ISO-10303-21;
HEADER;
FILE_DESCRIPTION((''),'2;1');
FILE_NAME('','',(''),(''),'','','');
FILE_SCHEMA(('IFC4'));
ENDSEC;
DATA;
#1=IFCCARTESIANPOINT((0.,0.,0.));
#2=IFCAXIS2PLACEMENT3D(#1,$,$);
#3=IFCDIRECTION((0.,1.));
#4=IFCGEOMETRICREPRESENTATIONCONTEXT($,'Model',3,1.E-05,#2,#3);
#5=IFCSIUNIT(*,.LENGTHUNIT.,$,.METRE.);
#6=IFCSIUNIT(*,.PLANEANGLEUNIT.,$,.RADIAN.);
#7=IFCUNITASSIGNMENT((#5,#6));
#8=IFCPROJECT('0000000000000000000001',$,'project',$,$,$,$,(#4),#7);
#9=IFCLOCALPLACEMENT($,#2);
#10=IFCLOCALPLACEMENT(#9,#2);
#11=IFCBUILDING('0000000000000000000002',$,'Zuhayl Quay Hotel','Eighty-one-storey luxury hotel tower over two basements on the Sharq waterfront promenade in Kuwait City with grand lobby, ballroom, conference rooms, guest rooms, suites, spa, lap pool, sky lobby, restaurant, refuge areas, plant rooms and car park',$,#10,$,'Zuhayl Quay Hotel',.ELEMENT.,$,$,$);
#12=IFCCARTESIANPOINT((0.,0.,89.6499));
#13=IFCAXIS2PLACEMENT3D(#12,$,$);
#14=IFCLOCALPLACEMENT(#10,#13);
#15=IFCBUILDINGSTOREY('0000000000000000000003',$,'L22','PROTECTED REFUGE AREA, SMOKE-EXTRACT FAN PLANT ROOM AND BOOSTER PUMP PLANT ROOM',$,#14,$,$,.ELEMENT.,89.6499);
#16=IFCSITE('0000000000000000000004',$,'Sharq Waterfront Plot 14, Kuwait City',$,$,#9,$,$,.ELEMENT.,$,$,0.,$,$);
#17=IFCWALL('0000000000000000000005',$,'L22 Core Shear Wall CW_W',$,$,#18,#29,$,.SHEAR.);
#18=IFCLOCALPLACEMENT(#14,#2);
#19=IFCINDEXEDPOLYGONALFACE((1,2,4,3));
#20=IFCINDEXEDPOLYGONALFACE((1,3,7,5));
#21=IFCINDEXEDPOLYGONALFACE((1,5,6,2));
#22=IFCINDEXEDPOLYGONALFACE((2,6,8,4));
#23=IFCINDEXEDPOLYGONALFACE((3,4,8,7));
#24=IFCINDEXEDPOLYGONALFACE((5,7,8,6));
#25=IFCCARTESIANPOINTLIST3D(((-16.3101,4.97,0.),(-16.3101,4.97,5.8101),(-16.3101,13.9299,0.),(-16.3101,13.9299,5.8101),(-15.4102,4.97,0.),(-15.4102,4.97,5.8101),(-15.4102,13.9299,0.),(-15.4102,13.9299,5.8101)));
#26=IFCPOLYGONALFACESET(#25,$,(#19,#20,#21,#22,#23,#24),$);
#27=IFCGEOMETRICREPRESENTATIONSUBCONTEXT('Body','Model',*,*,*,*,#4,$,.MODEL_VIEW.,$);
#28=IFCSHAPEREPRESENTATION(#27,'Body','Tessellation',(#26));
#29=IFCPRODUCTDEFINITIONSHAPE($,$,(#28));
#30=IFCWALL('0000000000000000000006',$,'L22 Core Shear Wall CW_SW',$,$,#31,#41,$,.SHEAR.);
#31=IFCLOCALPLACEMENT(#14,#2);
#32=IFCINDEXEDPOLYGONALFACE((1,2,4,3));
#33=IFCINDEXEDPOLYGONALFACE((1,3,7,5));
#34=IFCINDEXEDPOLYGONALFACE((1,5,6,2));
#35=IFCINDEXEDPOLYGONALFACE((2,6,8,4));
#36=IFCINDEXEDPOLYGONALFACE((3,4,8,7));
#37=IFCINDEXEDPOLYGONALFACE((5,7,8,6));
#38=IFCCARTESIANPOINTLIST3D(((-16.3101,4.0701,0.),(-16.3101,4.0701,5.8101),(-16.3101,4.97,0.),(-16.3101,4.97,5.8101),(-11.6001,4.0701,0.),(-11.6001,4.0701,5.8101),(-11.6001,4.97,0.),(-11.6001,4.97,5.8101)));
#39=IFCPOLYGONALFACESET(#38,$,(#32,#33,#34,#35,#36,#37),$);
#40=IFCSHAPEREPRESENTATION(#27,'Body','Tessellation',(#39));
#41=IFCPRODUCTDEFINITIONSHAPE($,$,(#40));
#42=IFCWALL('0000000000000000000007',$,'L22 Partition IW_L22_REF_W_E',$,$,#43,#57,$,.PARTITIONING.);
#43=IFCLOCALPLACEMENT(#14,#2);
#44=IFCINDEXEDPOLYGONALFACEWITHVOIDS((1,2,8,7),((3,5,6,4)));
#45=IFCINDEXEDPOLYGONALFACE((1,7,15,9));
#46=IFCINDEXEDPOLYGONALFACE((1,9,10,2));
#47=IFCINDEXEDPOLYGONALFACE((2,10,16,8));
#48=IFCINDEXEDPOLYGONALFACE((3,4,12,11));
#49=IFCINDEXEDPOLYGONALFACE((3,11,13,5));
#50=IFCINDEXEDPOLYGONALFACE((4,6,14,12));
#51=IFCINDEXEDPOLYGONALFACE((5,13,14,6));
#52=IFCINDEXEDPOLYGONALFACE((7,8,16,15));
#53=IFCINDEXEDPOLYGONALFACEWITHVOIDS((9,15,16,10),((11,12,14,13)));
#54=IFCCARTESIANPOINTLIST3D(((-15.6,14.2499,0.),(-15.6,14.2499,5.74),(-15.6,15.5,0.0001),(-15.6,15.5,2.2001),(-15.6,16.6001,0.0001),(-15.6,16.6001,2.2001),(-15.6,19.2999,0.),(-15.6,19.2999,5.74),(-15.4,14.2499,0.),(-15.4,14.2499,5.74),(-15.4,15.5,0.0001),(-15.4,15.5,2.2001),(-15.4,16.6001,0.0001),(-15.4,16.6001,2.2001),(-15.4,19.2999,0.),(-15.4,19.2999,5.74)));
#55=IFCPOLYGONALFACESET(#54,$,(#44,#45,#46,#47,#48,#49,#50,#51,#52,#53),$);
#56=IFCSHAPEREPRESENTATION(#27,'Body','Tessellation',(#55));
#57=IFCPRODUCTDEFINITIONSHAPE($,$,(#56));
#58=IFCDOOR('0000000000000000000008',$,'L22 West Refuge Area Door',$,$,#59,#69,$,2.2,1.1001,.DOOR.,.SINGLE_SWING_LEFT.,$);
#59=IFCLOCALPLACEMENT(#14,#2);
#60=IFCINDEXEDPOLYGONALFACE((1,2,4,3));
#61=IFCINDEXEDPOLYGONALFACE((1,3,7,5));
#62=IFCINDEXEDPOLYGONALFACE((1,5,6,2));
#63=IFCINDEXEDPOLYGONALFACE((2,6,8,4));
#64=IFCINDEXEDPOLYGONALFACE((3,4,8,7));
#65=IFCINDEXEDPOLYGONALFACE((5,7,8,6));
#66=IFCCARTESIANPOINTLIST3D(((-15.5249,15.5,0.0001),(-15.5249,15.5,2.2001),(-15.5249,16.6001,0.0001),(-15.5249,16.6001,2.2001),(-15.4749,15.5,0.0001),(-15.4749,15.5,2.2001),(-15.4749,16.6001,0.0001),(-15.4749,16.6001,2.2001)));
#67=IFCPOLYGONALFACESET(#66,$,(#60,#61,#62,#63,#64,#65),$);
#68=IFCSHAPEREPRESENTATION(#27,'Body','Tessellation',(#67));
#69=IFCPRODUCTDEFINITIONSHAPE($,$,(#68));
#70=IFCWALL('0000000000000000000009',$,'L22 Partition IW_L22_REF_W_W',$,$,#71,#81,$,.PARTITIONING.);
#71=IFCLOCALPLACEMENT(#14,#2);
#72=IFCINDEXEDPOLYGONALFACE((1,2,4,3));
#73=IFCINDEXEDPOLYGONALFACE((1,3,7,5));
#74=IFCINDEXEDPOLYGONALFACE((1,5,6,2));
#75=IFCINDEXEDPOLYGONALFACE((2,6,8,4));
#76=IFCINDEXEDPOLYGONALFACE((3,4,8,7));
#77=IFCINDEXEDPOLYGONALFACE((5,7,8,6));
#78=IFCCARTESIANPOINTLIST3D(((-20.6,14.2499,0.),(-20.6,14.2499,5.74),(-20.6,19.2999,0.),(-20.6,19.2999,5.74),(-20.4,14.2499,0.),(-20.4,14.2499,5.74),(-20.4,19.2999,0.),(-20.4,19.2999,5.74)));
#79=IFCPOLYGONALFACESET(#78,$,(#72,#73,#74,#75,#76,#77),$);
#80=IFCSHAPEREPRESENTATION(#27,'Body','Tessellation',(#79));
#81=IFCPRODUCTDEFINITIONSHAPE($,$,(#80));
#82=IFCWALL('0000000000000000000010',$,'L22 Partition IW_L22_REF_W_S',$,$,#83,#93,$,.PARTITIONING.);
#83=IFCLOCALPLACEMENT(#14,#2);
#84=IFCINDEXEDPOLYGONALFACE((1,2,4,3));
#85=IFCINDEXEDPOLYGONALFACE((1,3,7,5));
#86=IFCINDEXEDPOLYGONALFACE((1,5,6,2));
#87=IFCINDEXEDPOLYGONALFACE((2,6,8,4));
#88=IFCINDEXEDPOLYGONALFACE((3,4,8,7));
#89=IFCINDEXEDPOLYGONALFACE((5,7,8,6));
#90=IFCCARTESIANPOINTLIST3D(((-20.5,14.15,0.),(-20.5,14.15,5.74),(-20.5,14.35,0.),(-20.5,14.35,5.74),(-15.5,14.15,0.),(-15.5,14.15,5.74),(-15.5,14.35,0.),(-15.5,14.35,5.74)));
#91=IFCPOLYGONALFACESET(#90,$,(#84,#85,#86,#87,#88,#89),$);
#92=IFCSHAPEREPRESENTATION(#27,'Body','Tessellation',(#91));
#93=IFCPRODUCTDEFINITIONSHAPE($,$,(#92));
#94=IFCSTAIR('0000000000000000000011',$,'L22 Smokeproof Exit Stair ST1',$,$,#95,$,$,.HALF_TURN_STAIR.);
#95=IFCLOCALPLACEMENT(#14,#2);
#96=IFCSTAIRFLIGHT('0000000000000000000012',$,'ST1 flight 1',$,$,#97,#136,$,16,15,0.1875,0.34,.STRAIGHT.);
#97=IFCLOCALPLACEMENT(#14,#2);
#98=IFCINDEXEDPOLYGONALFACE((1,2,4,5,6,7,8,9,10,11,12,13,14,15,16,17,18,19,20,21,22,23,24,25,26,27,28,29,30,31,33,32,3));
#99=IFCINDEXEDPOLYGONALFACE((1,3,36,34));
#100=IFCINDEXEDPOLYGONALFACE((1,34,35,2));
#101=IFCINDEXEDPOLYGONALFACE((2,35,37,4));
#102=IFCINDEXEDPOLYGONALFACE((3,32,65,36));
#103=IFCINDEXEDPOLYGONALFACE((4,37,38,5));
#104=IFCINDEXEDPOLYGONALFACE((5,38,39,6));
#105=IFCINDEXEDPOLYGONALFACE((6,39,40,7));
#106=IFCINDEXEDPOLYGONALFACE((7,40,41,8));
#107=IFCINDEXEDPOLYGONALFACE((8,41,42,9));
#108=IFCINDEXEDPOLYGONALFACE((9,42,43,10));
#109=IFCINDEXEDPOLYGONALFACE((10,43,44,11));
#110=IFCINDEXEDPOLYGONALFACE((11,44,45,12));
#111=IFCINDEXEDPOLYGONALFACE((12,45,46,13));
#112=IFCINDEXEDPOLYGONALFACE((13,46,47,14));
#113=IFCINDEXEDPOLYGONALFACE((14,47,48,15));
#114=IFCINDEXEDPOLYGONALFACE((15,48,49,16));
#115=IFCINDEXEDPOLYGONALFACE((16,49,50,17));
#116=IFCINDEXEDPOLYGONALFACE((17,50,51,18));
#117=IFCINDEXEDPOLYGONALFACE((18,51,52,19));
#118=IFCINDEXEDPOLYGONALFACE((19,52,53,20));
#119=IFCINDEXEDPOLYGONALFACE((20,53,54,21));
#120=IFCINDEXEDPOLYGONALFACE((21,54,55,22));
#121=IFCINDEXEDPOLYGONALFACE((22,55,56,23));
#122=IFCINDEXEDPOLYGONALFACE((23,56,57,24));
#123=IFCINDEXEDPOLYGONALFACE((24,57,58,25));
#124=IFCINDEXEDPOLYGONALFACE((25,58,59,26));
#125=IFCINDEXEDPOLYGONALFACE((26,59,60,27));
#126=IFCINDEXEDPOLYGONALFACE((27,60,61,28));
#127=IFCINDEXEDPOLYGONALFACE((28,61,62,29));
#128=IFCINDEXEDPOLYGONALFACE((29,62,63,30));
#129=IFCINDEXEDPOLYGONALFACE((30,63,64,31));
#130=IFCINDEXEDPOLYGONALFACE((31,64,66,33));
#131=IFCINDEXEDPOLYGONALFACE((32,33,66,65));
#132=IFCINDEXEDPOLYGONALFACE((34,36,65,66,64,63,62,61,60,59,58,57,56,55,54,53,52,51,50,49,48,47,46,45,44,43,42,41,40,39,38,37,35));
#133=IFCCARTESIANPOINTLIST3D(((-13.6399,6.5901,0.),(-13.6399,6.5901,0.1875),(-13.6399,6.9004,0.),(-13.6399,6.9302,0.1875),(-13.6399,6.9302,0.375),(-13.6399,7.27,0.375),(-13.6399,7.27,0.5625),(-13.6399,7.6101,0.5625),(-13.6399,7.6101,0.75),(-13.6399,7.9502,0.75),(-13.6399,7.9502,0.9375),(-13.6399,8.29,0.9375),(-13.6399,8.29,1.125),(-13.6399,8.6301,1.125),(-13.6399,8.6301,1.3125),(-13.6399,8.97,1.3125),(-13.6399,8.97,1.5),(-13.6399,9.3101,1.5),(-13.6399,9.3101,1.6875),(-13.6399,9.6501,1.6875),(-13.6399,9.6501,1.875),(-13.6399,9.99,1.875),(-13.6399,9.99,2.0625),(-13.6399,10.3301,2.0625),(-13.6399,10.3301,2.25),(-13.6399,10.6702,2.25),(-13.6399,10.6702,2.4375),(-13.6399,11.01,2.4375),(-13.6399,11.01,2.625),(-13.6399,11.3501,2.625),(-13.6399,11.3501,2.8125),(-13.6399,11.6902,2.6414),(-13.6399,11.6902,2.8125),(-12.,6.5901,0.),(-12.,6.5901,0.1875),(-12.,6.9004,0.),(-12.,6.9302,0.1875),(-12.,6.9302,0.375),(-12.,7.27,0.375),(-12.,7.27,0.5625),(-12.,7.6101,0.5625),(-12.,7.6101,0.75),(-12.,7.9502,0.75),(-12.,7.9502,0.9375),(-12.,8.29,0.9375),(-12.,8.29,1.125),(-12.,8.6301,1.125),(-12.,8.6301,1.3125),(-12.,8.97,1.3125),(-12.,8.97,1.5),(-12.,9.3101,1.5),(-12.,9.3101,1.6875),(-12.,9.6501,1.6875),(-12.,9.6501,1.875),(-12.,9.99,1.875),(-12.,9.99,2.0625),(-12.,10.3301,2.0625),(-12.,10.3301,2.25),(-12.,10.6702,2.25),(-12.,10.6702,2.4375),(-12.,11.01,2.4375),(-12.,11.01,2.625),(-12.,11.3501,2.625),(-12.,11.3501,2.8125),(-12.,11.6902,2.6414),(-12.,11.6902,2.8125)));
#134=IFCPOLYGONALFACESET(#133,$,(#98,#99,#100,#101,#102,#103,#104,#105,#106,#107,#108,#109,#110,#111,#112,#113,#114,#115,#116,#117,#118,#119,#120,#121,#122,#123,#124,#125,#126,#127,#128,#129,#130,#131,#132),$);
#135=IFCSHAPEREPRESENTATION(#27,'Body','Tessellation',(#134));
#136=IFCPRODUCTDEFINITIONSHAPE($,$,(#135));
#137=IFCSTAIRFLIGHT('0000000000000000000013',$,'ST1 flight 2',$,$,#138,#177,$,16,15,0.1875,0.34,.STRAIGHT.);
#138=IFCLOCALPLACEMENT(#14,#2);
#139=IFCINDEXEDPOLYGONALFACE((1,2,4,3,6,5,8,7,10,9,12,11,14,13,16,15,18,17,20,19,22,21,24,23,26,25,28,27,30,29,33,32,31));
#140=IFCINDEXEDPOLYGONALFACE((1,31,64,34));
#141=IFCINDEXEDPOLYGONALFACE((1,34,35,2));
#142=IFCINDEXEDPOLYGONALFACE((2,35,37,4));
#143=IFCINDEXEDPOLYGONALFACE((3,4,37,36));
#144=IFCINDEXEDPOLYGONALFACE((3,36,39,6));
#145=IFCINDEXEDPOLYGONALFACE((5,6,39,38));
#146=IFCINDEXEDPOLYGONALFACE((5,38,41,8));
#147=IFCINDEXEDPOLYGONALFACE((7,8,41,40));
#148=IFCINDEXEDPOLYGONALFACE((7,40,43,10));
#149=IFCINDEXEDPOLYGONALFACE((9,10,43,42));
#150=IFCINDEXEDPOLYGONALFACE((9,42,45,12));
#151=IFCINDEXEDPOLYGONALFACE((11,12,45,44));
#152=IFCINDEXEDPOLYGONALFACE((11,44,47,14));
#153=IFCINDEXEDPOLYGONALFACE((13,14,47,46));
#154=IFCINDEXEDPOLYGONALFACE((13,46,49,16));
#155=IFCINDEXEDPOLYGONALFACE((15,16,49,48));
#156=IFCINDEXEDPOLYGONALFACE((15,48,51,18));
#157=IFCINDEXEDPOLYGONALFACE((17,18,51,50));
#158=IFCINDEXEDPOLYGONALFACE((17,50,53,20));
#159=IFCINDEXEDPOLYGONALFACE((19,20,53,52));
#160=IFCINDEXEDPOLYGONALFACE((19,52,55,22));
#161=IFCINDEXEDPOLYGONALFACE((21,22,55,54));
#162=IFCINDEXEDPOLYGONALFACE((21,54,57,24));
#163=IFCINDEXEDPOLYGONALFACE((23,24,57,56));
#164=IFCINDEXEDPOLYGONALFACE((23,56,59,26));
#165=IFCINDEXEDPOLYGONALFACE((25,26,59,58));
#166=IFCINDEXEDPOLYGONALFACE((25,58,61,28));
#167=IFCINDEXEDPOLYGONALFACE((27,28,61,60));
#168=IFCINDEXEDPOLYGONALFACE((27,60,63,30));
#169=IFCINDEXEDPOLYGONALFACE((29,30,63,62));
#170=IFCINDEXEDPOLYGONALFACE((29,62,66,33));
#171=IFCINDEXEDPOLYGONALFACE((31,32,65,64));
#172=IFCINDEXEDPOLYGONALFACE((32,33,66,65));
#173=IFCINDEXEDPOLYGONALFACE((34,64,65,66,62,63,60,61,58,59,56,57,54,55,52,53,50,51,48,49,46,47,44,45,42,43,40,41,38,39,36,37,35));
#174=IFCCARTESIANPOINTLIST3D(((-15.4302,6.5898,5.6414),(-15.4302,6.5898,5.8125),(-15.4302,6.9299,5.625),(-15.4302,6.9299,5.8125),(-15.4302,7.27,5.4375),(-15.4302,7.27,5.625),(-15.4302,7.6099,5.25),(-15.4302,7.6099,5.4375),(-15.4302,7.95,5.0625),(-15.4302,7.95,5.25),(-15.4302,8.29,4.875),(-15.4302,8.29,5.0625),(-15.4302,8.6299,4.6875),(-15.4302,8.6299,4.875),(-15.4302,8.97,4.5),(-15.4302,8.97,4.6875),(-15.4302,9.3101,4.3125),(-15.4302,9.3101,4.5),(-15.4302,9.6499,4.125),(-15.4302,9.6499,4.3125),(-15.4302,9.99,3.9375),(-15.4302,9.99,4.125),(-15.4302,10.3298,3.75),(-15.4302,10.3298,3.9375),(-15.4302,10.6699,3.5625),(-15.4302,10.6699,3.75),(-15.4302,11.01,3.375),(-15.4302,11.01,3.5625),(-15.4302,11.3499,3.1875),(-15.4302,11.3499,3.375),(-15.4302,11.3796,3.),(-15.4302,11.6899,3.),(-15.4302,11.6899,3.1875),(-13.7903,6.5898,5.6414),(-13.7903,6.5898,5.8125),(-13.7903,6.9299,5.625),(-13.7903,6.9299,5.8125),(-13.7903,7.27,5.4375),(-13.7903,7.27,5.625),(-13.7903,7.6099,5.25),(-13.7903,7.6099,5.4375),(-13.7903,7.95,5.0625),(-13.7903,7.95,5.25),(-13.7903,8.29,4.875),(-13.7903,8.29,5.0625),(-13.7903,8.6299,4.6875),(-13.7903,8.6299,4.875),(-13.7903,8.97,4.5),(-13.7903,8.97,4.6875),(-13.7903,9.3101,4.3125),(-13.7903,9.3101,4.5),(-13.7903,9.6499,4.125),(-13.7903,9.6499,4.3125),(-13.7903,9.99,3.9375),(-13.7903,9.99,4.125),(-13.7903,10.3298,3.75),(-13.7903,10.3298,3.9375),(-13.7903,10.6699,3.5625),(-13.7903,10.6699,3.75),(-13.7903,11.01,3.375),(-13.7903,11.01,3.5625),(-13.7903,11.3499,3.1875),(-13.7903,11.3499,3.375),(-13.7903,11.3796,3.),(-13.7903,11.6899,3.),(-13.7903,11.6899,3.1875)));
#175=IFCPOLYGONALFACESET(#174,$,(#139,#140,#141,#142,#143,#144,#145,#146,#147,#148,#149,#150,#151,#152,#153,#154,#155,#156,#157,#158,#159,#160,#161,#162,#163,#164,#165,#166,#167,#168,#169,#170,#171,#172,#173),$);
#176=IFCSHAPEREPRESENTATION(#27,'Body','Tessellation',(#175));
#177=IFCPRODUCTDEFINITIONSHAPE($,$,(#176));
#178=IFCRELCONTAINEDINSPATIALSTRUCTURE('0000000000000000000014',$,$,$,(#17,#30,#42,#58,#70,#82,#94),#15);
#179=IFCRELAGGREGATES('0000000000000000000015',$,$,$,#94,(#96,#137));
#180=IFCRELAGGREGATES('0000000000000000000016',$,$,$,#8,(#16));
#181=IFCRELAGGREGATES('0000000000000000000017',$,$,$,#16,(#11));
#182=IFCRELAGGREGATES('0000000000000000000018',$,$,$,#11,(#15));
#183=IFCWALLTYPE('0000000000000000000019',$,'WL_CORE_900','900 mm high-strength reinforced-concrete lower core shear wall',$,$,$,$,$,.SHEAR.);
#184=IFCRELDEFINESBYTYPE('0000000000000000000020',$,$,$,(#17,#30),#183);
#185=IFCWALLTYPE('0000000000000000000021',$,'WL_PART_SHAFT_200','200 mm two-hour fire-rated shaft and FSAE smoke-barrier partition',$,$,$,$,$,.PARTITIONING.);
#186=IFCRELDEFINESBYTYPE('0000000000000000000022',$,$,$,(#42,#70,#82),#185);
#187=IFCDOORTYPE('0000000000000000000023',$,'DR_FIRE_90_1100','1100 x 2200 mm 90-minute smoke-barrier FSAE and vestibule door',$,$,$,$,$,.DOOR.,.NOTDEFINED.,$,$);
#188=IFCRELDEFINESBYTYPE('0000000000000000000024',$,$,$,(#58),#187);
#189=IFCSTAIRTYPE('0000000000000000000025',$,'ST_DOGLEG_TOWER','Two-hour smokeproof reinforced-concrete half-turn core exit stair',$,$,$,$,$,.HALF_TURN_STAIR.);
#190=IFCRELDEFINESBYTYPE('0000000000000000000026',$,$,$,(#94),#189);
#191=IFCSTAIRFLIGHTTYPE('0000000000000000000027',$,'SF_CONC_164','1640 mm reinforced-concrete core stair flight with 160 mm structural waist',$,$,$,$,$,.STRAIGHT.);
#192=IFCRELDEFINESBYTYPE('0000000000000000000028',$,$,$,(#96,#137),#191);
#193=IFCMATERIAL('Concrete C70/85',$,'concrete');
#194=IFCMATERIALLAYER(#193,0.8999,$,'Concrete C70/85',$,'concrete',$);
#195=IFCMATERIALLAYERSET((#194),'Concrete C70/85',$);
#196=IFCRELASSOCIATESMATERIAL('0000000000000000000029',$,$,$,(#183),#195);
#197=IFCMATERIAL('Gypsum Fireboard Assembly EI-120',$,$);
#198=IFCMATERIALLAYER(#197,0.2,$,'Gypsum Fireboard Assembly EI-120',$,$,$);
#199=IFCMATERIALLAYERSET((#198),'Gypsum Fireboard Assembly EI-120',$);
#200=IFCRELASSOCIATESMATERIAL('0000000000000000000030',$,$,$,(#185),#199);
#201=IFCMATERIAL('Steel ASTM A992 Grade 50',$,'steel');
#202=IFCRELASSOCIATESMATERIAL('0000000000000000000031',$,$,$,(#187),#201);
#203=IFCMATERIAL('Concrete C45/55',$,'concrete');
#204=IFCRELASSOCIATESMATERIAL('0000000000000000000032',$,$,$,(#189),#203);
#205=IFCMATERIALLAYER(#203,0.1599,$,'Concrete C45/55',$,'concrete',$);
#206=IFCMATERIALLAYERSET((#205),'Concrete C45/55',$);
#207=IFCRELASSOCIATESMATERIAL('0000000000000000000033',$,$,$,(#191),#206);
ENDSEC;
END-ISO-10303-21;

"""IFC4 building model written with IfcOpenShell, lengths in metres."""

from ifc_helpers import new_model, si_unit, direction, frame, frame_2d, origin, place, context, subcontext, project, spatial, polyline, rectangle, outline, extrude, material, layer, layer_set, type_object, element, fill, aggregate, save


model = new_model("IFC4")

# Units and contexts
model_context = context("Model", 3, precision=1e-05, world=origin(), true_north=direction((0.0, 1.0)))
body_context = subcontext(model_context, "Body", "Model", "MODEL_VIEW")
ifc_project = project(units=[si_unit("LENGTHUNIT", "METRE"), si_unit("PLANEANGLEUNIT", "RADIAN")], contexts=[model_context])

# Site, building, storey
site_placement = place(None, origin())
site = spatial("IfcSite", under=ifc_project, at=site_placement, Name="Sharq Waterfront Plot 14, Kuwait City", CompositionType="ELEMENT", RefElevation=0.0)
building_placement = place(site_placement, origin())
building = spatial("IfcBuilding", under=site, at=building_placement, Name="Zuhayl Quay Hotel", Description="Eighty-one-storey luxury hotel tower over two basements on the Sharq waterfront promenade in Kuwait City with grand lobby, ballroom, conference rooms, guest rooms, suites, spa, lap pool, sky lobby, restaurant, refuge areas, plant rooms and car park", LongName="Zuhayl Quay Hotel", CompositionType="ELEMENT")
storey_placement = place(building_placement, frame((0.0, 0.0, 89.6499)))
storey = spatial("IfcBuildingStorey", under=building, at=storey_placement, Name="L22", Description="PROTECTED REFUGE AREA, SMOKE-EXTRACT FAN PLANT ROOM AND BOOSTER PUMP PLANT ROOM", CompositionType="ELEMENT", Elevation=89.6499)

# Shared definitions
ifc_material_1 = material(Name="Concrete C70/85", Category="concrete")

# Walls
ifc_layer_1 = layer(ifc_material_1, 0.8999, Name="Concrete C70/85", Category="concrete")
ifc_layer_set_1 = layer_set([ifc_layer_1], Name="Concrete C70/85")
wall_type_1 = type_object("IfcWallType", Name="WL_CORE_900", Description="900 mm high-strength reinforced-concrete lower core shear wall", PredefinedType="SHEAR", material=ifc_layer_set_1)
wall_1_placement = place(storey_placement, frame((-15.8601, 4.97, 0.0), z_axis=(0.0, 0.0, 1.0), x_axis=(0.0, 1.0, 0.0)))
element("IfcWall", 1, at=wall_1_placement, inside=storey, type_object=wall_type_1, Name="L22 Core Shear Wall CW_W", PredefinedType="SHEAR", context=body_context, shape_type="SweptSolid", body=[
    extrude(rectangle(XDim=8.96, YDim=0.8999, at=frame_2d((4.48, 0.0))), origin(), (0.0, 0.0, 1.0), 5.8101),
])
wall_2_placement = place(storey_placement, frame((-16.3101, 4.52, 0.0), z_axis=(0.0, 0.0, 1.0), x_axis=(1.0, 0.0, 0.0)))
element("IfcWall", 2, at=wall_2_placement, inside=storey, type_object=wall_type_1, Name="L22 Core Shear Wall CW_SW", PredefinedType="SHEAR", context=body_context, shape_type="SweptSolid", body=[
    extrude(rectangle(XDim=4.71, YDim=0.8999, at=frame_2d((2.355, 0.0))), origin(), (0.0, 0.0, 1.0), 5.8101),
])

# Wall, opening, door
ifc_material_2 = material(Name="Gypsum Fireboard Assembly EI-120")
ifc_layer_2 = layer(ifc_material_2, 0.2, Name="Gypsum Fireboard Assembly EI-120")
ifc_layer_set_2 = layer_set([ifc_layer_2], Name="Gypsum Fireboard Assembly EI-120")
wall_type_2 = type_object("IfcWallType", Name="WL_PART_SHAFT_200", Description="200 mm two-hour fire-rated shaft and FSAE smoke-barrier partition", PredefinedType="PARTITIONING", material=ifc_layer_set_2)
wall_3_placement = place(storey_placement, frame((-15.5, 14.25, 0.0), z_axis=(0.0, 0.0, 1.0), x_axis=(0.0, 1.0, 0.0)))
wall_3 = element("IfcWall", 3, at=wall_3_placement, inside=storey, type_object=wall_type_2, Name="L22 Partition IW_L22_REF_W_E", PredefinedType="PARTITIONING", context=body_context, shape_type="SweptSolid", body=[
    extrude(rectangle(XDim=5.05, YDim=0.2, at=frame_2d((2.5249, 0.0))), origin(), (0.0, 0.0, 1.0), 5.74),
])
opening_placement = place(wall_3_placement, frame((1.25, 0.0, 0.0)))
opening = element("IfcOpeningElement", 4, at=opening_placement, cuts=wall_3, PredefinedType="OPENING", context=body_context, shape_type="SweptSolid", body=[
    extrude(rectangle(XDim=1.1001, YDim=2.2, at=frame_2d((0.55, 1.1001))), frame((0.0, 0.1099, 0.0), z_axis=(0.0, -1.0, 0.0), x_axis=(1.0, 0.0, 0.0)), (0.0, 0.0, 1.0), 0.22),
])
ifc_material_3 = material(Name="Steel ASTM A992 Grade 50", Category="steel")
door_type = type_object("IfcDoorType", Name="DR_FIRE_90_1100", Description="1100 x 2200 mm 90-minute smoke-barrier FSAE and vestibule door", OperationType="NOTDEFINED", PredefinedType="DOOR", material=ifc_material_3)
door_placement = place(opening_placement, origin())
door = element("IfcDoor", 5, at=door_placement, inside=storey, type_object=door_type, Name="L22 West Refuge Area Door", OperationType="SINGLE_SWING_LEFT", OverallHeight=2.2, OverallWidth=1.1001, PredefinedType="DOOR", context=body_context, shape_type="SweptSolid", body=[
    extrude(rectangle(XDim=1.1001, YDim=2.2, at=frame_2d((0.55, 1.1001))), frame((0.0, 0.0249, 0.0), z_axis=(0.0, -1.0, 0.0), x_axis=(1.0, 0.0, 0.0)), (0.0, 0.0, 1.0), 0.05),
])
fill(opening, door)

# Walls
wall_4_placement = place(storey_placement, frame((-20.5, 14.25, 0.0), z_axis=(0.0, 0.0, 1.0), x_axis=(0.0, 1.0, 0.0)))
element("IfcWall", 6, at=wall_4_placement, inside=storey, type_object=wall_type_2, Name="L22 Partition IW_L22_REF_W_W", PredefinedType="PARTITIONING", context=body_context, shape_type="SweptSolid", body=[
    extrude(rectangle(XDim=5.05, YDim=0.2, at=frame_2d((2.5249, 0.0))), origin(), (0.0, 0.0, 1.0), 5.74),
])
wall_5_placement = place(storey_placement, frame((-20.5, 14.25, 0.0), z_axis=(0.0, 0.0, 1.0), x_axis=(1.0, 0.0, 0.0)))
element("IfcWall", 7, at=wall_5_placement, inside=storey, type_object=wall_type_2, Name="L22 Partition IW_L22_REF_W_S", PredefinedType="PARTITIONING", context=body_context, shape_type="SweptSolid", body=[
    extrude(rectangle(XDim=5.0, YDim=0.2, at=frame_2d((2.5, 0.0))), origin(), (0.0, 0.0, 1.0), 5.74),
])

# Stair, stair flights
ifc_material_4 = material(Name="Concrete C45/55", Category="concrete")
stair_type = type_object("IfcStairType", Name="ST_DOGLEG_TOWER", Description="Two-hour smokeproof reinforced-concrete half-turn core exit stair", PredefinedType="HALF_TURN_STAIR", material=ifc_material_4)
stair_placement = place(storey_placement, origin())
stair = element("IfcStair", 8, at=stair_placement, inside=storey, type_object=stair_type, Name="L22 Smokeproof Exit Stair ST1", PredefinedType="HALF_TURN_STAIR")
ifc_layer_3 = layer(ifc_material_4, 0.1599, Name="Concrete C45/55", Category="concrete")
ifc_layer_set_3 = layer_set([ifc_layer_3], Name="Concrete C45/55")
stair_flight_type = type_object("IfcStairFlightType", Name="SF_CONC_164", Description="1640 mm reinforced-concrete core stair flight with 160 mm structural waist", PredefinedType="STRAIGHT", material=ifc_layer_set_3)
stair_flight_1_placement = place(storey_placement, frame((-12.8201, 6.5901, 0.0), z_axis=(0.0, 0.0, 1.0), x_axis=(0.0, 1.0, 0.0)))
stair_flight_1 = element("IfcStairFlight", 9, at=stair_flight_1_placement, type_object=stair_flight_type, Name="ST1 flight 1", NumberOfRisers=16, NumberOfTreads=15, PredefinedType="STRAIGHT", RiserHeight=0.1875, TreadLength=0.34, context=body_context, shape_type="SweptSolid", body=[
    extrude(outline(polyline([(0.0, 0.0), (0.0, 0.1875), (0.3401, 0.1875), (0.3401, 0.375), (0.6799, 0.375), (0.6799, 0.5625), (1.02, 0.5625), (1.02, 0.75), (1.3601, 0.75), (1.3601, 0.9375), (1.7, 0.9375), (1.7, 1.125), (2.04, 1.125), (2.04, 1.3125), (2.3799, 1.3125), (2.3799, 1.5), (2.72, 1.5), (2.72, 1.6875), (3.0601, 1.6875), (3.0601, 1.875), (3.3999, 1.875), (3.3999, 2.0625), (3.74, 2.0625), (3.74, 2.25), (4.0801, 2.25), (4.0801, 2.4375), (4.4199, 2.4375), (4.4199, 2.625), (4.76, 2.625), (4.76, 2.8125), (5.1001, 2.8125), (5.1001, 3.0), (5.1001, 2.6414), (0.3103, 0.0), (0.0, 0.0)])), frame((0.0, 0.8198, 0.0), z_axis=(0.0, -1.0, 0.0), x_axis=(1.0, 0.0, 0.0)), (0.0, 0.0, 1.0), 1.6399),
])
stair_flight_2_placement = place(storey_placement, frame((-14.6101, 11.6899, 3.0), z_axis=(0.0, 0.0, 1.0), x_axis=(0.0, -1.0, 0.0)))
stair_flight_2 = element("IfcStairFlight", 10, at=stair_flight_2_placement, type_object=stair_flight_type, Name="ST1 flight 2", NumberOfRisers=16, NumberOfTreads=15, PredefinedType="STRAIGHT", RiserHeight=0.1875, TreadLength=0.34, context=body_context, shape_type="SweptSolid", body=[
    extrude(outline(polyline([(0.0, 0.0), (0.0, 0.1875), (0.3401, 0.1875), (0.3401, 0.375), (0.6799, 0.375), (0.6799, 0.5625), (1.02, 0.5625), (1.02, 0.75), (1.3601, 0.75), (1.3601, 0.9375), (1.7, 0.9375), (1.7, 1.125), (2.04, 1.125), (2.04, 1.3125), (2.3799, 1.3125), (2.3799, 1.5), (2.72, 1.5), (2.72, 1.6875), (3.0601, 1.6875), (3.0601, 1.875), (3.3999, 1.875), (3.3999, 2.0625), (3.74, 2.0625), (3.74, 2.25), (4.0801, 2.25), (4.0801, 2.4375), (4.4199, 2.4375), (4.4199, 2.625), (4.76, 2.625), (4.76, 2.8125), (5.1001, 2.8125), (5.1001, 3.0), (5.1001, 2.6414), (0.3103, 0.0), (0.0, 0.0)])), frame((0.0, 0.8198, 0.0), z_axis=(0.0, -1.0, 0.0), x_axis=(1.0, 0.0, 0.0)), (0.0, 0.0, 1.0), 1.6399),
])
aggregate(stair, [stair_flight_1, stair_flight_2])

save(model, "model.ifc")
